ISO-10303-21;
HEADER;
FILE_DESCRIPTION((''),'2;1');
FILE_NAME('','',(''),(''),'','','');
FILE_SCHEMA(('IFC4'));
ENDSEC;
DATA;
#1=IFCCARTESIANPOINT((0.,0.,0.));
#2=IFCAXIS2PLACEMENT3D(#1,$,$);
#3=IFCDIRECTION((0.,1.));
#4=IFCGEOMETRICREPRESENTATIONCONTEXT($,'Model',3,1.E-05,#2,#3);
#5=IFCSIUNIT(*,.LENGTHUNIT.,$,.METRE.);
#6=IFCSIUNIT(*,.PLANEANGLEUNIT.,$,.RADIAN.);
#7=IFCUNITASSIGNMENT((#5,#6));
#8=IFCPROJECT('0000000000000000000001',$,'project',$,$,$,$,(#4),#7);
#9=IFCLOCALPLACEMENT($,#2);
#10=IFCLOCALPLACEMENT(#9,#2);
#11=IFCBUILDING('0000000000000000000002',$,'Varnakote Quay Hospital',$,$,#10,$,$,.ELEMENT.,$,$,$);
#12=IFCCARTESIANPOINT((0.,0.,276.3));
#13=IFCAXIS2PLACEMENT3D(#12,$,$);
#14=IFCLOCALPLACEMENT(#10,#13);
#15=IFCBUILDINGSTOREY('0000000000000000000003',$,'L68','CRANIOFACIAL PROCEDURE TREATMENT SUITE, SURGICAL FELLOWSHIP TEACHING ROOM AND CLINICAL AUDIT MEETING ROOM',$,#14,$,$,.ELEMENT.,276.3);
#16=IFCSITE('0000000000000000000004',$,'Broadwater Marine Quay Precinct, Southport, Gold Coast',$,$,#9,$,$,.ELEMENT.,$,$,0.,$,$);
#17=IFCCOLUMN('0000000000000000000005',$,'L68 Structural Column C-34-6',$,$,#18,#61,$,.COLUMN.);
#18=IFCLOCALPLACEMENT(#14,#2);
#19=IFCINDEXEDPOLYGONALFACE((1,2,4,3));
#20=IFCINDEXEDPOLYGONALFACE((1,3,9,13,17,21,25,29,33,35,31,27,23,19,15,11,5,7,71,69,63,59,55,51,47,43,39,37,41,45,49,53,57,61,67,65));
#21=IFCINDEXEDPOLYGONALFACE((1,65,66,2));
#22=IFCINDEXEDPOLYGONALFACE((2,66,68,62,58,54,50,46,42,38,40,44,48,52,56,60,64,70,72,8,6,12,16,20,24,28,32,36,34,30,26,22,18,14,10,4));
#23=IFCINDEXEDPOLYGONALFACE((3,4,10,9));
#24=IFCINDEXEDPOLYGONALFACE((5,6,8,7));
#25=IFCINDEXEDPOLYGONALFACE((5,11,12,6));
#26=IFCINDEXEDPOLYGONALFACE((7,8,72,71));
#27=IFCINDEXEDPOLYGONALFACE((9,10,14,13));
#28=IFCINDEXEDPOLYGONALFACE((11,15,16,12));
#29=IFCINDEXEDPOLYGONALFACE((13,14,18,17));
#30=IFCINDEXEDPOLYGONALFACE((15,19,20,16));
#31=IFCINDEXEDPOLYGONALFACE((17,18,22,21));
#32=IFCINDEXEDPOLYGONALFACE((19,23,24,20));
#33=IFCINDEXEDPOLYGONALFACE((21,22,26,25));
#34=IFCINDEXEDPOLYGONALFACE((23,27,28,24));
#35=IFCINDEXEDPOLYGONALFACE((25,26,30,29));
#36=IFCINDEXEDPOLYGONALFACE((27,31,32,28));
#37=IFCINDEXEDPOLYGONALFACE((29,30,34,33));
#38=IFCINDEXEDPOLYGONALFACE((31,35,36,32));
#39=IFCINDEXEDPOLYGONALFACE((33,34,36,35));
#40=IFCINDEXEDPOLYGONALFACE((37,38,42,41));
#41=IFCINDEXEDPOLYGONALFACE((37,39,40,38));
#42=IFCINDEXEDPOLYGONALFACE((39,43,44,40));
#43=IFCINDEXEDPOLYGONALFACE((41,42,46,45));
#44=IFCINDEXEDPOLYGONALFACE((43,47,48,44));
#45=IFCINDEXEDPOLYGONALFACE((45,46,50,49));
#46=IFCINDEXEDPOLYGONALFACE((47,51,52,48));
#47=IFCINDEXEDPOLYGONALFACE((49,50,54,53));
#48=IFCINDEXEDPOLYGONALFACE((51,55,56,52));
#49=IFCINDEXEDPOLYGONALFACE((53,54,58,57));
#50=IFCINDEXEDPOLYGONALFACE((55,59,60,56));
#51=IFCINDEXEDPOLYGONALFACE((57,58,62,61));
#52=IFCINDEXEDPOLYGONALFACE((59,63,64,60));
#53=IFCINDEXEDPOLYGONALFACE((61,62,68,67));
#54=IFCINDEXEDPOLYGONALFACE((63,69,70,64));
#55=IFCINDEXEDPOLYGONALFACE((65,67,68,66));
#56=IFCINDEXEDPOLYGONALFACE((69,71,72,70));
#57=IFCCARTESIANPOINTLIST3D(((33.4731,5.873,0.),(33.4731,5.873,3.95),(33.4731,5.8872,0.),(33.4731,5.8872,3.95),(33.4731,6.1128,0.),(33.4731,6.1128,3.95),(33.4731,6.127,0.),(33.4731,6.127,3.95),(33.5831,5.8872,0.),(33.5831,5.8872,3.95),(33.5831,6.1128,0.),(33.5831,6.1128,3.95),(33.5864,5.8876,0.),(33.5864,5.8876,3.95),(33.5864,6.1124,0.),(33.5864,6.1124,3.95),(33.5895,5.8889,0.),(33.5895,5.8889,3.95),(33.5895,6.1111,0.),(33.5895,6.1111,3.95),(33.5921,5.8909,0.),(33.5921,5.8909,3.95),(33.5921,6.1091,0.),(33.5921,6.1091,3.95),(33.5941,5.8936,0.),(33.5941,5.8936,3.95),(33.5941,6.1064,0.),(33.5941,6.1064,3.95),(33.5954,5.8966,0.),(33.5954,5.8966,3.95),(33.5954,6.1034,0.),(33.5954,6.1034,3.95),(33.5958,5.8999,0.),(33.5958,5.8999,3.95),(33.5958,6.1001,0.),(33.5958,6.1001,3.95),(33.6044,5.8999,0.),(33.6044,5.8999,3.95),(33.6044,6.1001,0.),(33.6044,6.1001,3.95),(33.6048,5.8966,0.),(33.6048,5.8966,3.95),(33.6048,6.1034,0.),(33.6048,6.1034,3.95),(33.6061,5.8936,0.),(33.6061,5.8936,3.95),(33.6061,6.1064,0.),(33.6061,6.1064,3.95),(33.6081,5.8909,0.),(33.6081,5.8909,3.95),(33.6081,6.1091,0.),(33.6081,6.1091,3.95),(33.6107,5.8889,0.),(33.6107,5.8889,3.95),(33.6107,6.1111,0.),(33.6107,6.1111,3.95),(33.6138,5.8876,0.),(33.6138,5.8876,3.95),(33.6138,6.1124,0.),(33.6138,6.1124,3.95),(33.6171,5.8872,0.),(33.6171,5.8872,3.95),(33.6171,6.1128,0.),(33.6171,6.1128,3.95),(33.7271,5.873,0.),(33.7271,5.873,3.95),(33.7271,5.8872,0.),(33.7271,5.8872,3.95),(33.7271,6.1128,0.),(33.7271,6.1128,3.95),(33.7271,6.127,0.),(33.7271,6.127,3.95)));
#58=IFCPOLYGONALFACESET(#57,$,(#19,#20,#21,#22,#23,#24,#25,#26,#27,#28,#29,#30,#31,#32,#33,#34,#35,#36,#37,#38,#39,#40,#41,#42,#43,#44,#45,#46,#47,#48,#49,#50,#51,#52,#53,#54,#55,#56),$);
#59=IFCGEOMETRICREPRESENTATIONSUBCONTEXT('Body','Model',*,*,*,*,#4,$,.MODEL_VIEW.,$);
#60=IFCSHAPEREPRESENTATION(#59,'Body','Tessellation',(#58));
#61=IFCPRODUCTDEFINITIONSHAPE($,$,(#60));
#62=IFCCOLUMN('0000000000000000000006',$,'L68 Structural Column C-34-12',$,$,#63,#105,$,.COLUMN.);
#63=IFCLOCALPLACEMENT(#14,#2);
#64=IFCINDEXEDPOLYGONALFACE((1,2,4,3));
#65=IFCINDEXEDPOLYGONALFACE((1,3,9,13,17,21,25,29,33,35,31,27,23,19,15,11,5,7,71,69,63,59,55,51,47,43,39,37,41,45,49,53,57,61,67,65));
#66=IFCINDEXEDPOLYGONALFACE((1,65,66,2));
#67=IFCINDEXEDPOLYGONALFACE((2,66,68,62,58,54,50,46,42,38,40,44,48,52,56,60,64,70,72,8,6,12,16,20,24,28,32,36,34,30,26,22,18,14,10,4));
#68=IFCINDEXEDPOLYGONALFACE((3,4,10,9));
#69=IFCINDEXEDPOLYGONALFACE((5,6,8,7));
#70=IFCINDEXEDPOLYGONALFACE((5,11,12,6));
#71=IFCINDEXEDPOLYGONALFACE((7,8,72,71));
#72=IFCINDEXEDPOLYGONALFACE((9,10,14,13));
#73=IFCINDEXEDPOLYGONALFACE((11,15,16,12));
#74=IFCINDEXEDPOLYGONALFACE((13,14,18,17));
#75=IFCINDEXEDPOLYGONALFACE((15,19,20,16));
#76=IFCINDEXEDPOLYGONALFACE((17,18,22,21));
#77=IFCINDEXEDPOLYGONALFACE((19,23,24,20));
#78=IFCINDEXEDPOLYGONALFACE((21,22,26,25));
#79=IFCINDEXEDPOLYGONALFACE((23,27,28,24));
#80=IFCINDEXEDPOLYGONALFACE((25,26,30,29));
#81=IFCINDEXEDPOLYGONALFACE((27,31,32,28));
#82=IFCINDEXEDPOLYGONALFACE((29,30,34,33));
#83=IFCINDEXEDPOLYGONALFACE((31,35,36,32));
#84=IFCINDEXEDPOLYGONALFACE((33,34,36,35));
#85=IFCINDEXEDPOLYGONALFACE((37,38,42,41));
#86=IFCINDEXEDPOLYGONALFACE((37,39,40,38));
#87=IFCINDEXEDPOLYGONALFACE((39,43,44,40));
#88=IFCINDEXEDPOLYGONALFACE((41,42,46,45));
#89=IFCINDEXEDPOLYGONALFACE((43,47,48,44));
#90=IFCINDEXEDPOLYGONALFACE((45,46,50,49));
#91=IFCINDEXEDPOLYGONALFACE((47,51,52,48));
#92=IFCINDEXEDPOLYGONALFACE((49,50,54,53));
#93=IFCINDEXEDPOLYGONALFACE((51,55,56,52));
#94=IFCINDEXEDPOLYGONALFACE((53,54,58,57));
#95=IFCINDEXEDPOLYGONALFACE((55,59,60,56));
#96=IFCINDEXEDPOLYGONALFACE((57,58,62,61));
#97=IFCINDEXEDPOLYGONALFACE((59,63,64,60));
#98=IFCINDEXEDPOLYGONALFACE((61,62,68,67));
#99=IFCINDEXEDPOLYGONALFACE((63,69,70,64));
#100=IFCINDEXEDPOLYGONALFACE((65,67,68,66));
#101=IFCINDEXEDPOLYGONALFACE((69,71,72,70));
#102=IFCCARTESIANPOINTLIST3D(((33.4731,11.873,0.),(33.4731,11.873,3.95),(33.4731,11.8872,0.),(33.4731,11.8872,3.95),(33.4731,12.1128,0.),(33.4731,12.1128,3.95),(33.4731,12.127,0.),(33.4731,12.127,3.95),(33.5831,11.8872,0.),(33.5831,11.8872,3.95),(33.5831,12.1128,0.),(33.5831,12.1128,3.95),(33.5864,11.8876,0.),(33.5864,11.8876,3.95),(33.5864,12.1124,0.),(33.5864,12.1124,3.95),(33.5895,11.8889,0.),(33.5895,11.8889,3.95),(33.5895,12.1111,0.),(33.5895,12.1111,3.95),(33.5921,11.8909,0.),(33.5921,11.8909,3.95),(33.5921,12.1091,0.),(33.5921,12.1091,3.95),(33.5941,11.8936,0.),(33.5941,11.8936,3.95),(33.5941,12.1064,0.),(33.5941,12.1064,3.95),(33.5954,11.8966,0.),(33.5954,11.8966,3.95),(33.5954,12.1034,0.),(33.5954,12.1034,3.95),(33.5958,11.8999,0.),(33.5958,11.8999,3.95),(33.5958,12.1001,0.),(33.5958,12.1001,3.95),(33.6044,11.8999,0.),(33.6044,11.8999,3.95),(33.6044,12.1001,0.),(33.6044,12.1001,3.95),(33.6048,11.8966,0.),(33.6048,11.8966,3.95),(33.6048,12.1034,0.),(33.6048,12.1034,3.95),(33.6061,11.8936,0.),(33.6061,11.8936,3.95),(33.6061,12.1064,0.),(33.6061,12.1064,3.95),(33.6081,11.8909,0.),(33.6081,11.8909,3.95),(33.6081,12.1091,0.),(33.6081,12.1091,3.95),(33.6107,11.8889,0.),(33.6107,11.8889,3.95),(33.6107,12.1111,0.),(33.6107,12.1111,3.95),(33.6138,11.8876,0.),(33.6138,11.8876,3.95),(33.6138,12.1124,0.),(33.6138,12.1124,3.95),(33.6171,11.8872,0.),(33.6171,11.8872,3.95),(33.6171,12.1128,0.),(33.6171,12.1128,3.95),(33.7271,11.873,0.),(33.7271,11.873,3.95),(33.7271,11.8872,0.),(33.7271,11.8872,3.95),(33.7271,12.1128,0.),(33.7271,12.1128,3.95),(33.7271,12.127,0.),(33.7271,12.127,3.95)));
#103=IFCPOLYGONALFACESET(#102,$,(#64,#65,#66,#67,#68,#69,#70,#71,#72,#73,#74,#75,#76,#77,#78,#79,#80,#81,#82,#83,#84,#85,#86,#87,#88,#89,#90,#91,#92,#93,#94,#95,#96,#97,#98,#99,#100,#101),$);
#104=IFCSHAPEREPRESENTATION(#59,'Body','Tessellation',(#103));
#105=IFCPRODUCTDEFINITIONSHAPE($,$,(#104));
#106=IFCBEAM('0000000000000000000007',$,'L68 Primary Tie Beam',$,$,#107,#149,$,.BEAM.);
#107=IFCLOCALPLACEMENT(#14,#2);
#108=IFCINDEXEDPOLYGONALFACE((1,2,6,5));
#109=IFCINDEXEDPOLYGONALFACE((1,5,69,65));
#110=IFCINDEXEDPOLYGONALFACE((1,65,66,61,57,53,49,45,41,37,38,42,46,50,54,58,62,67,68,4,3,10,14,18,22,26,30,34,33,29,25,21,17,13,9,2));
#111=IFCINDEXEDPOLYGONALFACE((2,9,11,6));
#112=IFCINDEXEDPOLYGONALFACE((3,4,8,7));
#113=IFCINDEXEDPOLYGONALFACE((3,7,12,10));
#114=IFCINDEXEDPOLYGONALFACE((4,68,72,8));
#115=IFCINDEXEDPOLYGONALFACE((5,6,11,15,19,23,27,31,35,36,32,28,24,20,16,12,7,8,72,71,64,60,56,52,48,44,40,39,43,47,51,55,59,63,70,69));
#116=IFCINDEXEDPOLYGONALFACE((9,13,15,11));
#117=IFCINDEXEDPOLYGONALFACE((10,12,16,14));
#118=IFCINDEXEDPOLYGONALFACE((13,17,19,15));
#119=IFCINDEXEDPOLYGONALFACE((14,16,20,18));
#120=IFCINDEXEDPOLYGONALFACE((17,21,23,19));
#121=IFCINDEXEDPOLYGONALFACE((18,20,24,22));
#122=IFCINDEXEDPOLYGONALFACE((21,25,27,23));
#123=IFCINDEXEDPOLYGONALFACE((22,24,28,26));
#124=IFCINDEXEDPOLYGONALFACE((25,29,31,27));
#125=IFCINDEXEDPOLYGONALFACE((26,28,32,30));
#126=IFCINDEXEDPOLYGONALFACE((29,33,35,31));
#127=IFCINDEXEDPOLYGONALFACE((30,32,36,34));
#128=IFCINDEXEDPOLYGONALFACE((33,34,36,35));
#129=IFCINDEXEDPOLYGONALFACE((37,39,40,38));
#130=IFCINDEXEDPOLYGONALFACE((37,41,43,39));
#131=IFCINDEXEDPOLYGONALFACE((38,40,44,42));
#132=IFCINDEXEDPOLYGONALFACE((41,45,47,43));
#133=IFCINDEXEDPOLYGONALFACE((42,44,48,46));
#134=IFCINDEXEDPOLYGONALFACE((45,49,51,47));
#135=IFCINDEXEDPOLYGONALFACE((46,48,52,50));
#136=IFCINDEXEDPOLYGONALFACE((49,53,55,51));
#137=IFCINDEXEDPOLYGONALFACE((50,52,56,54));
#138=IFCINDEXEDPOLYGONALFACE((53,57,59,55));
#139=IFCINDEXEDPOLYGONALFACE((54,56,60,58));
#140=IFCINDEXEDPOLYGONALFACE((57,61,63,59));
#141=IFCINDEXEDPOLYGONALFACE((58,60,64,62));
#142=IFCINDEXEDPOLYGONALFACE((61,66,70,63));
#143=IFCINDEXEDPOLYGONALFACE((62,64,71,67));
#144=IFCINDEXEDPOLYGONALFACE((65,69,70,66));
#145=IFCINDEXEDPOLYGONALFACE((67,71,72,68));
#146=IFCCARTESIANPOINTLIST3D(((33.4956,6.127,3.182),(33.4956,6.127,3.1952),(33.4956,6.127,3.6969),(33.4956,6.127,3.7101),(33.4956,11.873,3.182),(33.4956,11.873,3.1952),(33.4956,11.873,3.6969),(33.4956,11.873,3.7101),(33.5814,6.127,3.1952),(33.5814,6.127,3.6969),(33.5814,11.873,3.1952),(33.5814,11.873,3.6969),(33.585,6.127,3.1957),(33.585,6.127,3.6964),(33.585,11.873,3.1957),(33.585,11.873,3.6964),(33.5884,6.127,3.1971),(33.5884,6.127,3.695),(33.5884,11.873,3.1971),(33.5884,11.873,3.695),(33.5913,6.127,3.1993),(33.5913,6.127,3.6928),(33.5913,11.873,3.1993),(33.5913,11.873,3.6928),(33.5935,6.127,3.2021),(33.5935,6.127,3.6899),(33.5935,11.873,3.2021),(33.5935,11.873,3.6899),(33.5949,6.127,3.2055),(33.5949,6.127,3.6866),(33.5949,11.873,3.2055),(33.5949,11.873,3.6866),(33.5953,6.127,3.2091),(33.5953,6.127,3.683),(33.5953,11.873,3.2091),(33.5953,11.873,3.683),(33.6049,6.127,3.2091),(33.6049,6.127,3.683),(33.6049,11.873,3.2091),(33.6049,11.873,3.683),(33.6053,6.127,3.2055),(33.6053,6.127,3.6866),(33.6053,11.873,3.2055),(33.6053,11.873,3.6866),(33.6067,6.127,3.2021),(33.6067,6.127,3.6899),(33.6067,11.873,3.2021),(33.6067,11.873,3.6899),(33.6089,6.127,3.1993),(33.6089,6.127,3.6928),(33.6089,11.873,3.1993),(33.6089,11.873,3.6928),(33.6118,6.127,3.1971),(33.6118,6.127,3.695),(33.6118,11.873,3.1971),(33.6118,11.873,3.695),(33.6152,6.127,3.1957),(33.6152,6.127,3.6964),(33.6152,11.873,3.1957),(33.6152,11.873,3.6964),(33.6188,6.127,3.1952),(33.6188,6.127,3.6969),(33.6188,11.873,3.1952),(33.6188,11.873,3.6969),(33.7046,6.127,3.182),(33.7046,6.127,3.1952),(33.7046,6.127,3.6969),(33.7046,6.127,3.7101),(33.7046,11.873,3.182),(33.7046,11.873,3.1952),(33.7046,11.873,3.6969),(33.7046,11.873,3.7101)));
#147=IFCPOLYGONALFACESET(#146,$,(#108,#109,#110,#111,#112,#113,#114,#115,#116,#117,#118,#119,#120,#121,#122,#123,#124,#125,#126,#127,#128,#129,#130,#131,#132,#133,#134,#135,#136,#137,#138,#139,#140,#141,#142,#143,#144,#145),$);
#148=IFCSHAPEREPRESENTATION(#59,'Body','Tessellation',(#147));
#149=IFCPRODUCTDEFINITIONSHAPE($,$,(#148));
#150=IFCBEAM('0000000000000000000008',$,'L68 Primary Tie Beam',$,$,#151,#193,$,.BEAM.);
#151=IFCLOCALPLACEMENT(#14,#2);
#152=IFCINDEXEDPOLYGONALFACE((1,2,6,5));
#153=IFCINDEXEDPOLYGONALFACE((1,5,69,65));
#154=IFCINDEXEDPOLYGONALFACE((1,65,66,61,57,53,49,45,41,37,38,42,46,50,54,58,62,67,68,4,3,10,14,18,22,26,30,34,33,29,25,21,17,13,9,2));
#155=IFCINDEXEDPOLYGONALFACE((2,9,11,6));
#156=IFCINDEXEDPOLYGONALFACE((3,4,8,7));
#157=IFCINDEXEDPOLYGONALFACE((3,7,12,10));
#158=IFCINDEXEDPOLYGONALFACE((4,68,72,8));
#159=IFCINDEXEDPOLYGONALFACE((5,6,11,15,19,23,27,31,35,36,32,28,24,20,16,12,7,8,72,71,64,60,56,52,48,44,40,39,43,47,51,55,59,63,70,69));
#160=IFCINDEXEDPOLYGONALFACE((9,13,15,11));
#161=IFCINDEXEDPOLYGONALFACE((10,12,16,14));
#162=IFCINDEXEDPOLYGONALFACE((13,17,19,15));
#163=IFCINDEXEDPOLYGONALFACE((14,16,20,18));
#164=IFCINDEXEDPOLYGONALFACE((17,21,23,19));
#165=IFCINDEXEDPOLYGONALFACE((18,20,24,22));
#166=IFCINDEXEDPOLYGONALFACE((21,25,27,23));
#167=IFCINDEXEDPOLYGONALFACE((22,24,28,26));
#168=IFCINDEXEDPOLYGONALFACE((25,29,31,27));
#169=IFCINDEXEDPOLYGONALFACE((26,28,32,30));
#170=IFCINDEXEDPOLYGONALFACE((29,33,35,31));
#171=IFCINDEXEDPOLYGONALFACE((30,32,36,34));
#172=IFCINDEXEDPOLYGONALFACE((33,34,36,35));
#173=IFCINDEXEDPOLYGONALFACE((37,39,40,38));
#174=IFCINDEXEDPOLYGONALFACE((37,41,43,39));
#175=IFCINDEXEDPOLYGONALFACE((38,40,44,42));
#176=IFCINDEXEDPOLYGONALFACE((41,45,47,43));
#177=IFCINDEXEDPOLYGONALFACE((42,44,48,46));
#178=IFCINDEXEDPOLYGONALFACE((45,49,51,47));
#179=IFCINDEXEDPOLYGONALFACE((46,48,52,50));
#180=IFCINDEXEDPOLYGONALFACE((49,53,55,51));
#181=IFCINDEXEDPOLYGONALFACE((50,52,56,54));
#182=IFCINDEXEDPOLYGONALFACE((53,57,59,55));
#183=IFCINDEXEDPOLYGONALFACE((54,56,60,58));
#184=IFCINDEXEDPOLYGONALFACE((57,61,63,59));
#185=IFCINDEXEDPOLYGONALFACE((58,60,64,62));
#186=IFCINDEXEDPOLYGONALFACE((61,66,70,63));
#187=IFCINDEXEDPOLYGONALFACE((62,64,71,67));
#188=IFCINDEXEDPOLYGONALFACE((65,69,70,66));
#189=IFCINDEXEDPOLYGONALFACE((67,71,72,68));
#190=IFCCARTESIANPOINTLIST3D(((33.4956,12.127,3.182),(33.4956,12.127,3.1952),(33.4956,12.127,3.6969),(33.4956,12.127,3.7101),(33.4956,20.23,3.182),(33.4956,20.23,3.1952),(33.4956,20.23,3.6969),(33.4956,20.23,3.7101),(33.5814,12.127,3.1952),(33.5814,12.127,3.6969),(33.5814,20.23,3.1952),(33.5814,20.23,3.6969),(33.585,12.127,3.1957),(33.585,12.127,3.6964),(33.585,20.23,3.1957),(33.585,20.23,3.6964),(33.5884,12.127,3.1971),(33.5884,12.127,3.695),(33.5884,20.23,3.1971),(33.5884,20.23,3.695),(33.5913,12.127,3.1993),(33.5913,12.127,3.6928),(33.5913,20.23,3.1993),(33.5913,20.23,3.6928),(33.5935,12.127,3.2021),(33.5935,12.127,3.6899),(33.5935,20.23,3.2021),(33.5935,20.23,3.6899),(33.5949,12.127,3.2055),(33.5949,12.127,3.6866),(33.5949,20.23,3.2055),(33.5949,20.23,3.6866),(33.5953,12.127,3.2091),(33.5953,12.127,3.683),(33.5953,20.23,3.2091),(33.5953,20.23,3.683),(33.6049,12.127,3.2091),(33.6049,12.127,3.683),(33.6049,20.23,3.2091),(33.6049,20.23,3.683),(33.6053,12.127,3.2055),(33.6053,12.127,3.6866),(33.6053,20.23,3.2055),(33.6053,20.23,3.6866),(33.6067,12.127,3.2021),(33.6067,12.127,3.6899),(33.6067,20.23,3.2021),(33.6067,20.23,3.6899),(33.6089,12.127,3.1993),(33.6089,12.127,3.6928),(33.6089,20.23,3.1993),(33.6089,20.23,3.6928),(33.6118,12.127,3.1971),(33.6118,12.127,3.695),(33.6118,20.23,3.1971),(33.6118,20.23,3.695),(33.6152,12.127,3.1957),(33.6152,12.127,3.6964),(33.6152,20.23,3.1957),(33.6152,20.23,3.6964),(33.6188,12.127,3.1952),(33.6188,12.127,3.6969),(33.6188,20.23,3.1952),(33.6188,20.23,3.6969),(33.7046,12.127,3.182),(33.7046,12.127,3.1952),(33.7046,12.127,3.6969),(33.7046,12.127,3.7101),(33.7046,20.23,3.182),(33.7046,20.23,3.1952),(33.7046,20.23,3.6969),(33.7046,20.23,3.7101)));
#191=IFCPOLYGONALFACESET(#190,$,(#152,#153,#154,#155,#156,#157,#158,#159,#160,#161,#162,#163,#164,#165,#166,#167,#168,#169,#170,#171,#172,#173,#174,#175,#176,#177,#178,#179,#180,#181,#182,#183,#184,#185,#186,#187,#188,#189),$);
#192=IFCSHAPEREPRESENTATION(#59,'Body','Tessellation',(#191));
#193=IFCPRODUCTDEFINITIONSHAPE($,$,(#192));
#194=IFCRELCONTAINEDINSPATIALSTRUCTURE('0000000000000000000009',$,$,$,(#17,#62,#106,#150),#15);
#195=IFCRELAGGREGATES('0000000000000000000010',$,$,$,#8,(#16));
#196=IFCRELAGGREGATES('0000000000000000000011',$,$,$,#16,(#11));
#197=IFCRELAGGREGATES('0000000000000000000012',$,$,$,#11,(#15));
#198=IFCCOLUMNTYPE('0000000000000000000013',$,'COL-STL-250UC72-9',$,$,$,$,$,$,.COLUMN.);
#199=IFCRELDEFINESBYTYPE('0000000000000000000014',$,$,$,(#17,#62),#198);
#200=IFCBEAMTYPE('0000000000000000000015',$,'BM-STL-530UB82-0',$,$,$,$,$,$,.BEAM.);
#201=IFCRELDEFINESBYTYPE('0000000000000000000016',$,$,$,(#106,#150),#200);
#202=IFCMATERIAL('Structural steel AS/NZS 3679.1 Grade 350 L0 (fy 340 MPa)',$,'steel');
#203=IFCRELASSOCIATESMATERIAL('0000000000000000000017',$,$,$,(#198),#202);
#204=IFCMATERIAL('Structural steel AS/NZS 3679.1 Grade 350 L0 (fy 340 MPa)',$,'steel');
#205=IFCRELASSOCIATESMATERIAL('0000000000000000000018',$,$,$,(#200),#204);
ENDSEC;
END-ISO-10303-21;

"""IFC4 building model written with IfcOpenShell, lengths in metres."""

from ifc_helpers import new_model, si_unit, direction, frame, origin, origin_2d, place, context, subcontext, project, spatial, i_section, extrude, material, material_profile, profile_set, type_object, element, save


model = new_model("IFC4")

# Units and contexts
model_context = context("Model", 3, precision=1e-05, world=origin(), true_north=direction((0.0, 1.0)))
body_context = subcontext(model_context, "Body", "Model", "MODEL_VIEW")
ifc_project = project(units=[si_unit("LENGTHUNIT", "METRE"), si_unit("PLANEANGLEUNIT", "RADIAN")], contexts=[model_context])

# Site, building, storey
site_placement = place(None, origin())
site = spatial("IfcSite", under=ifc_project, at=site_placement, Name="Broadwater Marine Quay Precinct, Southport, Gold Coast", CompositionType="ELEMENT", RefElevation=0.0)
building_placement = place(site_placement, origin())
building = spatial("IfcBuilding", under=site, at=building_placement, Name="Varnakote Quay Hospital", CompositionType="ELEMENT")
storey_placement = place(building_placement, frame((0.0, 0.0, 276.3)))
storey = spatial("IfcBuildingStorey", under=building, at=storey_placement, Name="L68", Description="CRANIOFACIAL PROCEDURE TREATMENT SUITE, SURGICAL FELLOWSHIP TEACHING ROOM AND CLINICAL AUDIT MEETING ROOM", CompositionType="ELEMENT", Elevation=276.3)

# Columns
ifc_material_1 = material(Name="Structural steel AS/NZS 3679.1 Grade 350 L0 (fy 340 MPa)", Category="steel")
ifc_material_profile_1 = material_profile(ifc_material_1, i_section(OverallWidth=0.2539, OverallDepth=0.2539, WebThickness=0.0085, FlangeThickness=0.0142, FilletRadius=0.0127, at=origin_2d()), Name="250UC72.9")
ifc_profile_set_1 = profile_set([ifc_material_profile_1], Name="Structural steel AS/NZS 3679.1 Grade 350 L0 (fy 340 MPa)")
column_type = type_object("IfcColumnType", Name="COL-STL-250UC72-9", PredefinedType="COLUMN", material=ifc_profile_set_1)
for number, where, z_axis, x_axis, name in (
    (1, (33.6001, 6.0, 0.0), (0.0, 0.0, 1.0), (1.0, 0.0, 0.0), "L68 Structural Column C-34-6"),
    (2, (33.6001, 12.0, 0.0), (0.0, 0.0, 1.0), (1.0, 0.0, 0.0), "L68 Structural Column C-34-12"),
):
    element("IfcColumn", number, at=place(storey_placement, frame(where, z_axis=z_axis, x_axis=x_axis)), inside=storey, type_object=column_type, Name=name, PredefinedType="COLUMN", context=body_context, shape_type="SweptSolid", body=[
        extrude(i_section(OverallWidth=0.2539, OverallDepth=0.2539, WebThickness=0.0085, FlangeThickness=0.0142, FilletRadius=0.0127, at=origin_2d()), origin(), (0.0, 0.0, 1.0), 3.95),
    ])

# Beams
ifc_material_2 = material(Name="Structural steel AS/NZS 3679.1 Grade 350 L0 (fy 340 MPa)", Category="steel")
ifc_material_profile_2 = material_profile(ifc_material_2, i_section(OverallWidth=0.209, OverallDepth=0.5281, WebThickness=0.0095, FlangeThickness=0.0132, FilletRadius=0.0139, at=origin_2d()), Name="530UB82.0")
ifc_profile_set_2 = profile_set([ifc_material_profile_2], Name="Structural steel AS/NZS 3679.1 Grade 350 L0 (fy 340 MPa)")
beam_type = type_object("IfcBeamType", Name="BM-STL-530UB82-0", PredefinedType="BEAM", material=ifc_profile_set_2)
beam_1_placement = place(storey_placement, frame((33.6001, 6.127, 3.446), z_axis=(0.0, 1.0, 0.0), x_axis=(-1.0, 0.0, 0.0)))
element("IfcBeam", 3, at=beam_1_placement, inside=storey, type_object=beam_type, Name="L68 Primary Tie Beam", PredefinedType="BEAM", context=body_context, shape_type="SweptSolid", body=[
    extrude(i_section(OverallWidth=0.209, OverallDepth=0.5281, WebThickness=0.0095, FlangeThickness=0.0132, FilletRadius=0.0139, at=origin_2d()), origin(), (0.0, 0.0, 1.0), 5.7461),
])
beam_2_placement = place(storey_placement, frame((33.6001, 12.127, 3.446), z_axis=(0.0, 1.0, 0.0), x_axis=(-1.0, 0.0, 0.0)))
element("IfcBeam", 4, at=beam_2_placement, inside=storey, type_object=beam_type, Name="L68 Primary Tie Beam", PredefinedType="BEAM", context=body_context, shape_type="SweptSolid", body=[
    extrude(i_section(OverallWidth=0.209, OverallDepth=0.5281, WebThickness=0.0095, FlangeThickness=0.0132, FilletRadius=0.0139, at=origin_2d()), origin(), (0.0, 0.0, 1.0), 8.103),
])

save(model, "model.ifc")
